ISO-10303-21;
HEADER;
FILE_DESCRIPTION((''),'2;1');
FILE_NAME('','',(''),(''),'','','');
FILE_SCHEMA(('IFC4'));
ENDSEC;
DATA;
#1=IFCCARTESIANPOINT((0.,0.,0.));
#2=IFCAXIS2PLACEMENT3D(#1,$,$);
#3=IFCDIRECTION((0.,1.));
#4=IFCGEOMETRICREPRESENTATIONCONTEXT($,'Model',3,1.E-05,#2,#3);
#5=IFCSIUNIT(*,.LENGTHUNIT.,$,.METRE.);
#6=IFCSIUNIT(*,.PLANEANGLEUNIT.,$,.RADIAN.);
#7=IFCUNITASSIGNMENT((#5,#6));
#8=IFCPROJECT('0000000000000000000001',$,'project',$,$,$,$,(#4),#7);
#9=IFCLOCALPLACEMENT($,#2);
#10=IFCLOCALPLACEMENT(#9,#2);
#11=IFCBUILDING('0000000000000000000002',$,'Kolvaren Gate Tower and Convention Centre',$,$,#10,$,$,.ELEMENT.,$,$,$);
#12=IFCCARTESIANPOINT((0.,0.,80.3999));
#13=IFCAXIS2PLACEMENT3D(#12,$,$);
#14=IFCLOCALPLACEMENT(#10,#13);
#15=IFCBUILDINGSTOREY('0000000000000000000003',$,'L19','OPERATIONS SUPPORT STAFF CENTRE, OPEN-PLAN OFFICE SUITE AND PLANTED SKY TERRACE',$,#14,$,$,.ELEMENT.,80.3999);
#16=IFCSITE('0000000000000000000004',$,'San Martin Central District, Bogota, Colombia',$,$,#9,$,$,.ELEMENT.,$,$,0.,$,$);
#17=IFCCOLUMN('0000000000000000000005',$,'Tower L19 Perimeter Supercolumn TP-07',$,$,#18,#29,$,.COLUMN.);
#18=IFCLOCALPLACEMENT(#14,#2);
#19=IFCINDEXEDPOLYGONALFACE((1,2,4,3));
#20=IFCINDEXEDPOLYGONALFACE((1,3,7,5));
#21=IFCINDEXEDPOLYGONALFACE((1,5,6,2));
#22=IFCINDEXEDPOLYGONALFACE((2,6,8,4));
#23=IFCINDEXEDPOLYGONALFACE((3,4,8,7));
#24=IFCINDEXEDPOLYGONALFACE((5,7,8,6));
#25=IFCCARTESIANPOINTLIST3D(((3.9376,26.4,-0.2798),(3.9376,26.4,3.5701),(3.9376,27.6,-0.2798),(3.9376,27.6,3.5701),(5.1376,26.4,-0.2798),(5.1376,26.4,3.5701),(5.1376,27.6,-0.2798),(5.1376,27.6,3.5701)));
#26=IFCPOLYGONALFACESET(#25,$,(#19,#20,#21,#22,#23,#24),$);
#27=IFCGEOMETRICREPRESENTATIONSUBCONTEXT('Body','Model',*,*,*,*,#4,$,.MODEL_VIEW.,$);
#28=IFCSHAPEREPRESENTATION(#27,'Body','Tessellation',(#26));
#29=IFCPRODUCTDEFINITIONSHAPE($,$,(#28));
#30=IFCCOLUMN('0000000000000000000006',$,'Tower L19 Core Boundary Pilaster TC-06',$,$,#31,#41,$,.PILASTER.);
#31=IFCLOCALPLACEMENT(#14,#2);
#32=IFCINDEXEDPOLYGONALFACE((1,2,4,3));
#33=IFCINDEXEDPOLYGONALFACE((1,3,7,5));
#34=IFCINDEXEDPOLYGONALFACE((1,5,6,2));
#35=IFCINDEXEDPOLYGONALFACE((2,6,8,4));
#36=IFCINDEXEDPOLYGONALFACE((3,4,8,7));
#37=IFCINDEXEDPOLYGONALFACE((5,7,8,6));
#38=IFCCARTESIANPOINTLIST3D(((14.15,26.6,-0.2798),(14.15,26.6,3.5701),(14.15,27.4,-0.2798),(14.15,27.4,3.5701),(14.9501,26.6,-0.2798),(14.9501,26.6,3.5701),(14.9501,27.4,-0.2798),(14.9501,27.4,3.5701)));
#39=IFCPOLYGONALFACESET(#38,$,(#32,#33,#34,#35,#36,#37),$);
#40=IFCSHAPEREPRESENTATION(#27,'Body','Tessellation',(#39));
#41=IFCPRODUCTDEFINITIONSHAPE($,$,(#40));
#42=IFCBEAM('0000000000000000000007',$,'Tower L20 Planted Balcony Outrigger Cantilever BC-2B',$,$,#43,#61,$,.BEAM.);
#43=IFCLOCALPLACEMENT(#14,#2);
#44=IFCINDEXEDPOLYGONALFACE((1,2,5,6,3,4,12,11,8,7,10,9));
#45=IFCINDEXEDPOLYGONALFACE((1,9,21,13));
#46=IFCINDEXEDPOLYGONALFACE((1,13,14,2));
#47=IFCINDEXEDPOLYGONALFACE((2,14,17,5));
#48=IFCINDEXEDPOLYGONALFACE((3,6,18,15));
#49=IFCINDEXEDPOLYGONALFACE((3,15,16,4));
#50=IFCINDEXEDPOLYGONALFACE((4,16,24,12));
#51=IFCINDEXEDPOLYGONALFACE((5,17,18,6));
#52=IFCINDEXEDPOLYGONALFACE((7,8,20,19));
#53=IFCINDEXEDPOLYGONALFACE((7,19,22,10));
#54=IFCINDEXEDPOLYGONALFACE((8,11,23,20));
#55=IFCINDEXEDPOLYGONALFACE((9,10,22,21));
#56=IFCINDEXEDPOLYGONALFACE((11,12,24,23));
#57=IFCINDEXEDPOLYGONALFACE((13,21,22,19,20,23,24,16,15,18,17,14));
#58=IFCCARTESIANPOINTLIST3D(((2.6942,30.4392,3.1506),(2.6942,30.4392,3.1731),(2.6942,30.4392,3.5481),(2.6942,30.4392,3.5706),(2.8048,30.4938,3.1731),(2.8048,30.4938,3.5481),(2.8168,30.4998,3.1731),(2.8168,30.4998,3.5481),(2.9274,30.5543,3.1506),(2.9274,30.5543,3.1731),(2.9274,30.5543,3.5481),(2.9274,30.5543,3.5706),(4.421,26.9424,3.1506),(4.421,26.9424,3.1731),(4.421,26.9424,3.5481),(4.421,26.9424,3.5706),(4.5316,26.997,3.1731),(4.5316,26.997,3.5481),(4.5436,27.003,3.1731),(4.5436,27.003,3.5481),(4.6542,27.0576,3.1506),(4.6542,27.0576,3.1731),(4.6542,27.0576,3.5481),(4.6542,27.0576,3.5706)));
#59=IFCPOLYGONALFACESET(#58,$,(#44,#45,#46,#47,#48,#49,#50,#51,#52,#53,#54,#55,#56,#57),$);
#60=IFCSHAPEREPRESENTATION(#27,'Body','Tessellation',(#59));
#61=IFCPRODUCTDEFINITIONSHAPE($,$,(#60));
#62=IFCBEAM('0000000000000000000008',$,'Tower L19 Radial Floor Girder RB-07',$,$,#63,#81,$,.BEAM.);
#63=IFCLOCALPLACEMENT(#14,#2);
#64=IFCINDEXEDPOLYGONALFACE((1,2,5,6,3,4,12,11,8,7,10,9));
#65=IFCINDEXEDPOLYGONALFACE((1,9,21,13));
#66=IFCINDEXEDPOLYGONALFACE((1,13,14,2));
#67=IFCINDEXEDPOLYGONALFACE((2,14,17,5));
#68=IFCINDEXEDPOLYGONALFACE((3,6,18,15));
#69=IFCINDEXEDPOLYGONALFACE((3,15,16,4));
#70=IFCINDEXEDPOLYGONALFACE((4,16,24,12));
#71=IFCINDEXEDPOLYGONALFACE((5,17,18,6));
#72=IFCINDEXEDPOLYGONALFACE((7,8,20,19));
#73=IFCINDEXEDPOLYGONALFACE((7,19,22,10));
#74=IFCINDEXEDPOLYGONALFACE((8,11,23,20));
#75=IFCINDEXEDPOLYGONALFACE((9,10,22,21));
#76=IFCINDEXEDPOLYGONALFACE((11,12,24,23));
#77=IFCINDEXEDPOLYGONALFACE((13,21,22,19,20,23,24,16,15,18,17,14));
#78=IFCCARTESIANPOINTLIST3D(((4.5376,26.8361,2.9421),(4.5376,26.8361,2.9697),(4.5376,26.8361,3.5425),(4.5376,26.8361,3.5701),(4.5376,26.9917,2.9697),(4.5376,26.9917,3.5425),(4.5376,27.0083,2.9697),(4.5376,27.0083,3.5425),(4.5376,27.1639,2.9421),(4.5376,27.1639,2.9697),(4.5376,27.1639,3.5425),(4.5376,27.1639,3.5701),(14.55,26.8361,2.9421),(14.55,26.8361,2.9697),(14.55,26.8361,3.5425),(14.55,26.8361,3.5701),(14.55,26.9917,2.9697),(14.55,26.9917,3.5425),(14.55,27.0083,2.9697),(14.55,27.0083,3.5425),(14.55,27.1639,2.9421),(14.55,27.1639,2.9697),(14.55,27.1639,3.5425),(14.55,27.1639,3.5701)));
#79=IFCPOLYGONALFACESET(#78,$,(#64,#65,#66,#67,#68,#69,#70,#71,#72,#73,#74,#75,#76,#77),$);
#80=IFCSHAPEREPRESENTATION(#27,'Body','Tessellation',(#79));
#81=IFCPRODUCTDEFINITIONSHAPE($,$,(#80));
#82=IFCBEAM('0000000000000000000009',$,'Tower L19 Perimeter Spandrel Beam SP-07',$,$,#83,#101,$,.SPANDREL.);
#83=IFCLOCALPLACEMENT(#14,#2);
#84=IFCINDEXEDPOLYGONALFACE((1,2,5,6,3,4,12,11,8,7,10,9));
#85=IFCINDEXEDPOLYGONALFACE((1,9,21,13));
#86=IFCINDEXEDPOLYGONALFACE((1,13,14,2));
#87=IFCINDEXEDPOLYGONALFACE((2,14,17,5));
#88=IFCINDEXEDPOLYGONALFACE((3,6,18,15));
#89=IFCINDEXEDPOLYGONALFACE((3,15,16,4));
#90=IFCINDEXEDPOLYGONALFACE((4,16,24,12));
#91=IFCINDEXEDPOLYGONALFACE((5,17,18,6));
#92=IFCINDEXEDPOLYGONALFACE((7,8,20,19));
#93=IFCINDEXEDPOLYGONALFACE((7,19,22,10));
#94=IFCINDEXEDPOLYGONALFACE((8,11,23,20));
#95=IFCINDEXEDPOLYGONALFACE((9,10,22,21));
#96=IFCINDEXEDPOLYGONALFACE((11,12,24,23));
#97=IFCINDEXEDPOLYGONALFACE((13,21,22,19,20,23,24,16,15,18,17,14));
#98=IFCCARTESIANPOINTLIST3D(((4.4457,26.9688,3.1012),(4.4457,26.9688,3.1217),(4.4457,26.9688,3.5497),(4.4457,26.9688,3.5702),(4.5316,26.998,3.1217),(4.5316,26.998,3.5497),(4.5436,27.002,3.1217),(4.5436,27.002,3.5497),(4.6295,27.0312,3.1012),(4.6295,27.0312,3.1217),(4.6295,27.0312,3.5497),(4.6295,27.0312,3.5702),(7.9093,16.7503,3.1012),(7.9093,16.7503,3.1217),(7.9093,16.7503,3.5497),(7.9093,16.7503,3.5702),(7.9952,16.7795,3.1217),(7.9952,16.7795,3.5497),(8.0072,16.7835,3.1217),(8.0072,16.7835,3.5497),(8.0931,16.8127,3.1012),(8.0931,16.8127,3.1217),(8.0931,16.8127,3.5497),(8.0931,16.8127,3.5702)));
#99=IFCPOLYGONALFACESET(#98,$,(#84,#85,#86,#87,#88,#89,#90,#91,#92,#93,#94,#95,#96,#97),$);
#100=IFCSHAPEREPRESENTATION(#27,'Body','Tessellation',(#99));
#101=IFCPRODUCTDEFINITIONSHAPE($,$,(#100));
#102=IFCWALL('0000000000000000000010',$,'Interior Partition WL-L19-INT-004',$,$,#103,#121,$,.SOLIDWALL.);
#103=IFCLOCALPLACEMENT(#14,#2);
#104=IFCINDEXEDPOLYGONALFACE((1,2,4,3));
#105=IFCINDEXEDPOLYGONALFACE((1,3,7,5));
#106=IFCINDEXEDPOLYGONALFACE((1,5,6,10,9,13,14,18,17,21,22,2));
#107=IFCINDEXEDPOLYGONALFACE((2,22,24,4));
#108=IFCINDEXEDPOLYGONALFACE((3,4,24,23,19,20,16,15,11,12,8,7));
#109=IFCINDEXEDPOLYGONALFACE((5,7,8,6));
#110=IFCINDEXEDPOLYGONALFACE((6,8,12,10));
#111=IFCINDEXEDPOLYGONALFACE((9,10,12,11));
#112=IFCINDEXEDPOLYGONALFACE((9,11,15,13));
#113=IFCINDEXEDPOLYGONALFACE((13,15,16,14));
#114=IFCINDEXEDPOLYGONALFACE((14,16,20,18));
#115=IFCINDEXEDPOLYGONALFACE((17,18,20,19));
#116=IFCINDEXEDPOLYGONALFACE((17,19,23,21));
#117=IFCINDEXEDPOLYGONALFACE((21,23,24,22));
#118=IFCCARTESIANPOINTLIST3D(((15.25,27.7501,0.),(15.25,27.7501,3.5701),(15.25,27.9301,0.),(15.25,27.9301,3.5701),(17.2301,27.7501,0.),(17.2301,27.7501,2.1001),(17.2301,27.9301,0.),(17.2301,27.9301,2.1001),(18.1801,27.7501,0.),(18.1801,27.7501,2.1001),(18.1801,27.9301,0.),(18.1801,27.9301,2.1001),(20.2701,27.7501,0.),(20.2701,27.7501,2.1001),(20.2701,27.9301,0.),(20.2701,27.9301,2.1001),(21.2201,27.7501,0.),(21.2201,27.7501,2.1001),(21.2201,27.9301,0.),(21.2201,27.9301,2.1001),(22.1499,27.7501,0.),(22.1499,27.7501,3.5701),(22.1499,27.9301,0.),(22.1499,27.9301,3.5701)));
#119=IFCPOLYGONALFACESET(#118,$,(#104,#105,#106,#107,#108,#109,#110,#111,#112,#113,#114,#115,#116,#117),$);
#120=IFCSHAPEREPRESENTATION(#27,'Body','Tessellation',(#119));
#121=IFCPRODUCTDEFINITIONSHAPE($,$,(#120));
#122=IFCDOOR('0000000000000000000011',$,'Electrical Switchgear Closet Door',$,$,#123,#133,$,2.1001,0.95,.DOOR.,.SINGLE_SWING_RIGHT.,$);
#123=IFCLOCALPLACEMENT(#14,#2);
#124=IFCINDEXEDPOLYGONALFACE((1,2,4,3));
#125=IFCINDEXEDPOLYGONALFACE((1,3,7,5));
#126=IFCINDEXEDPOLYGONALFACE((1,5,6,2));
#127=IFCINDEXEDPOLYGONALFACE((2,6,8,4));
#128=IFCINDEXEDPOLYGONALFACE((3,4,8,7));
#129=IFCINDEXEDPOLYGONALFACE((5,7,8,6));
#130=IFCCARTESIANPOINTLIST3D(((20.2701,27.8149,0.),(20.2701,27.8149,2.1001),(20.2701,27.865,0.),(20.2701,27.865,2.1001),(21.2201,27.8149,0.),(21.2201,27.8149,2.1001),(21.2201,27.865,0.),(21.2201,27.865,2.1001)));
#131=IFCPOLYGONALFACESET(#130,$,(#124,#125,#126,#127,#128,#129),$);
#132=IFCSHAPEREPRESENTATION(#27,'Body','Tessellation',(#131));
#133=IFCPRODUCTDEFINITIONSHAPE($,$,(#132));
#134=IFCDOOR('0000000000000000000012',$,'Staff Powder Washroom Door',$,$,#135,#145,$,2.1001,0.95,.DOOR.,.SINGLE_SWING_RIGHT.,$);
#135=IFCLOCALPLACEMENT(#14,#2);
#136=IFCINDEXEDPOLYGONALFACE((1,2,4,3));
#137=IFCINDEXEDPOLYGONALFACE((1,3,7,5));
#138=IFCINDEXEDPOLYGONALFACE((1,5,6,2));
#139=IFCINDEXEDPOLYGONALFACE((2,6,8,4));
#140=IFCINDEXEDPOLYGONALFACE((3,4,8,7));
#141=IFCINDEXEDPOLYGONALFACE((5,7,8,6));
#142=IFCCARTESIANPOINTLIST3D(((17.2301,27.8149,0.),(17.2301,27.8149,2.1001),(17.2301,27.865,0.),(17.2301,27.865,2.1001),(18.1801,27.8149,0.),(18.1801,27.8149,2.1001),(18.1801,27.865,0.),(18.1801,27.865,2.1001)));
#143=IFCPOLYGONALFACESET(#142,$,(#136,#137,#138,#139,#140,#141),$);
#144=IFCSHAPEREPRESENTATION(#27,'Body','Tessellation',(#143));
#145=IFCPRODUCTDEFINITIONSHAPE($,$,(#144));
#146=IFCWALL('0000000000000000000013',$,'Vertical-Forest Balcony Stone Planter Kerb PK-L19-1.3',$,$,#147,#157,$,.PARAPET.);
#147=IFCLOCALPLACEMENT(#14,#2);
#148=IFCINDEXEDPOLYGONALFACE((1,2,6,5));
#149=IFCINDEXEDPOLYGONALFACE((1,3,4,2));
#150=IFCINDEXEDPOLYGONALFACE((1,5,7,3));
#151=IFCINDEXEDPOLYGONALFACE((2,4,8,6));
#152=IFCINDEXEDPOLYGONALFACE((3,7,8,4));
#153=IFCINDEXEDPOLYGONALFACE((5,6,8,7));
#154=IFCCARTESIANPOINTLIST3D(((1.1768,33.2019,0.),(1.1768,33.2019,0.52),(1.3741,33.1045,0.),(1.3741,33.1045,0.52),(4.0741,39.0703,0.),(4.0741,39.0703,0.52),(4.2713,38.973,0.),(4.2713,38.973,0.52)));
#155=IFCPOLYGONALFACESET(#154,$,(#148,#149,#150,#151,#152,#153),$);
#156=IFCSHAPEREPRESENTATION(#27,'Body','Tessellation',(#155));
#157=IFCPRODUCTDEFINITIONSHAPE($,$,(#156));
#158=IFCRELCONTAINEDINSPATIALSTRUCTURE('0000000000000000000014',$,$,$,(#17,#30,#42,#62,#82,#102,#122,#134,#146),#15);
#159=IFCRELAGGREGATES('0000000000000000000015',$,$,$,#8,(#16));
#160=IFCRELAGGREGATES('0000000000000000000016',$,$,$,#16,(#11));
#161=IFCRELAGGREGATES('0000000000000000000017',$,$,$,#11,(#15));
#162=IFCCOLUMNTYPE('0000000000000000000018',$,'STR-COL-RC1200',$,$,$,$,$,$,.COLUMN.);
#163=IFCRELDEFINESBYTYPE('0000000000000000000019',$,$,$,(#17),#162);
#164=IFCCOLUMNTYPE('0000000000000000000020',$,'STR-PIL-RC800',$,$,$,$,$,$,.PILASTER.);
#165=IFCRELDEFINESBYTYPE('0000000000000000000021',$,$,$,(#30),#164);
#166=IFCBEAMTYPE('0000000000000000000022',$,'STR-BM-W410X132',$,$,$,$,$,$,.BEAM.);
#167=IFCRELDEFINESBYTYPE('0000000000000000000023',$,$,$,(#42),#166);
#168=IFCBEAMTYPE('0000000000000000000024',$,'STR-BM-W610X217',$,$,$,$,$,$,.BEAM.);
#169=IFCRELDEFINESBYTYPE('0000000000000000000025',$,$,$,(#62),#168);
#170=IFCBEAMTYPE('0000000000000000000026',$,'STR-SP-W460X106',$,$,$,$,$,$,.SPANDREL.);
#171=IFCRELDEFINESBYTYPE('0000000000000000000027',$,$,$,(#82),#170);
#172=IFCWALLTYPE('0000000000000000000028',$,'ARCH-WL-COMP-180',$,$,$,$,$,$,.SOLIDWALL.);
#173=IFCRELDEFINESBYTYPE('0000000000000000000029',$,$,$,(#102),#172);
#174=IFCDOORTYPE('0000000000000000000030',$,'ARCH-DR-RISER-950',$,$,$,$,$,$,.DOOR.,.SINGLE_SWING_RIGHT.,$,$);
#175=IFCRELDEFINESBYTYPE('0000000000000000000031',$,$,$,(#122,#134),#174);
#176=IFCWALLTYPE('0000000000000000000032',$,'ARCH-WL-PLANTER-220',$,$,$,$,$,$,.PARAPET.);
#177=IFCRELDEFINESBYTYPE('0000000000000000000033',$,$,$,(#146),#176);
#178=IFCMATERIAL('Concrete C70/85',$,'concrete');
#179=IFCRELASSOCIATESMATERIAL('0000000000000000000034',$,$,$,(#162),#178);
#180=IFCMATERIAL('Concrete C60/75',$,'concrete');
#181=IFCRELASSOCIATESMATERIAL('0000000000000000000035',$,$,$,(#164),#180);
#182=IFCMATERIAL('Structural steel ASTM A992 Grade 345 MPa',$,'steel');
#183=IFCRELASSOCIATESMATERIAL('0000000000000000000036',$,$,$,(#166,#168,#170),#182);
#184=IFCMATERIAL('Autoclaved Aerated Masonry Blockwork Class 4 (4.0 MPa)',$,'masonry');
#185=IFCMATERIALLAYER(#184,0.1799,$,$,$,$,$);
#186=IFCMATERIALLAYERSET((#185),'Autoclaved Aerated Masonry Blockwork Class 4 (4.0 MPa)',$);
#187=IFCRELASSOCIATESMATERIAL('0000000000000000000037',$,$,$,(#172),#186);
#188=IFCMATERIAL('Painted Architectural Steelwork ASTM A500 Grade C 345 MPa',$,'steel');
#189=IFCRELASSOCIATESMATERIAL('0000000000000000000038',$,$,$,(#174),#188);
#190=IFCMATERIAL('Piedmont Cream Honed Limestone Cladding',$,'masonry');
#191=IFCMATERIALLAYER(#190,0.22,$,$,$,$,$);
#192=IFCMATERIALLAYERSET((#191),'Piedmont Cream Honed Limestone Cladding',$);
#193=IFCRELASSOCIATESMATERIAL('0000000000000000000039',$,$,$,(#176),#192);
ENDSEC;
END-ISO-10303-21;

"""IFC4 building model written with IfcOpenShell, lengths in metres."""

from ifc_helpers import new_model, si_unit, direction, frame, frame_2d, origin, origin_2d, place, context, subcontext, project, spatial, rectangle, i_section, extrude, material, layer, layer_set, material_profile, profile_set, type_object, element, fill, save


model = new_model("IFC4")

# Units and contexts
model_context = context("Model", 3, precision=1e-05, world=origin(), true_north=direction((0.0, 1.0)))
body_context = subcontext(model_context, "Body", "Model", "MODEL_VIEW")
ifc_project = project(units=[si_unit("LENGTHUNIT", "METRE"), si_unit("PLANEANGLEUNIT", "RADIAN")], contexts=[model_context])

# Site, building, storey
site_placement = place(None, origin())
site = spatial("IfcSite", under=ifc_project, at=site_placement, Name="San Martin Central District, Bogota, Colombia", CompositionType="ELEMENT", RefElevation=0.0)
building_placement = place(site_placement, origin())
building = spatial("IfcBuilding", under=site, at=building_placement, Name="Kolvaren Gate Tower and Convention Centre", CompositionType="ELEMENT")
storey_placement = place(building_placement, frame((0.0, 0.0, 80.3999)))
storey = spatial("IfcBuildingStorey", under=building, at=storey_placement, Name="L19", Description="OPERATIONS SUPPORT STAFF CENTRE, OPEN-PLAN OFFICE SUITE AND PLANTED SKY TERRACE", CompositionType="ELEMENT", Elevation=80.3999)

# Columns
ifc_material_1 = material(Name="Concrete C70/85", Category="concrete")
ifc_material_profile_1 = material_profile(ifc_material_1, rectangle(XDim=1.2, YDim=1.2, at=origin_2d()), Name="RC-COL-1200X1200")
ifc_profile_set_1 = profile_set([ifc_material_profile_1], Name="Concrete C70/85")
column_type_1 = type_object("IfcColumnType", Name="STR-COL-RC1200", PredefinedType="COLUMN", material=ifc_profile_set_1)
column_1_placement = place(storey_placement, frame((4.5376, 27.0, -0.2798), z_axis=(0.0, 0.0, 1.0), x_axis=(1.0, 0.0, 0.0)))
element("IfcColumn", 1, at=column_1_placement, inside=storey, type_object=column_type_1, Name="Tower L19 Perimeter Supercolumn TP-07", PredefinedType="COLUMN", context=body_context, shape_type="SweptSolid", body=[
    extrude(rectangle(XDim=1.2, YDim=1.2, at=origin_2d()), origin(), (0.0, 0.0, 1.0), 3.8499),
])
ifc_material_2 = material(Name="Concrete C60/75", Category="concrete")
ifc_material_profile_2 = material_profile(ifc_material_2, rectangle(XDim=0.8, YDim=0.8, at=origin_2d()), Name="RC-COL-800X800")
ifc_profile_set_2 = profile_set([ifc_material_profile_2], Name="Concrete C60/75")
column_type_2 = type_object("IfcColumnType", Name="STR-PIL-RC800", PredefinedType="PILASTER", material=ifc_profile_set_2)
column_2_placement = place(storey_placement, frame((14.55, 27.0, -0.2798), z_axis=(0.0, 0.0, 1.0), x_axis=(1.0, 0.0, 0.0)))
element("IfcColumn", 2, at=column_2_placement, inside=storey, type_object=column_type_2, Name="Tower L19 Core Boundary Pilaster TC-06", PredefinedType="PILASTER", context=body_context, shape_type="SweptSolid", body=[
    extrude(rectangle(XDim=0.8, YDim=0.8, at=origin_2d()), origin(), (0.0, 0.0, 1.0), 3.8499),
])

# Beams
ifc_material_3 = material(Name="Structural steel ASTM A992 Grade 345 MPa", Category="steel")
ifc_material_profile_3 = material_profile(ifc_material_3, i_section(OverallWidth=0.26, OverallDepth=0.4199, WebThickness=0.0134, FlangeThickness=0.0225, at=origin_2d()), Name="W410X132")
ifc_profile_set_3 = profile_set([ifc_material_profile_3], Name="Structural steel ASTM A992 Grade 345 MPa")
beam_type_1 = type_object("IfcBeamType", Name="STR-BM-W410X132", PredefinedType="BEAM", material=ifc_profile_set_3)
beam_1_placement = place(storey_placement, frame((4.5376, 27.0, 3.3606), z_axis=(-0.442776, 0.896632, 0.0), x_axis=(-0.896632, -0.442776, 0.0)))
element("IfcBeam", 3, at=beam_1_placement, inside=storey, type_object=beam_type_1, Name="Tower L20 Planted Balcony Outrigger Cantilever BC-2B", PredefinedType="BEAM", context=body_context, shape_type="SweptSolid", body=[
    extrude(i_section(OverallWidth=0.26, OverallDepth=0.4199, WebThickness=0.0134, FlangeThickness=0.0225, at=origin_2d()), origin(), (0.0, 0.0, 1.0), 3.8999),
])
ifc_material_profile_4 = material_profile(ifc_material_3, i_section(OverallWidth=0.3279, OverallDepth=0.6279, WebThickness=0.0166, FlangeThickness=0.0276, at=origin_2d()), Name="W610X217")
ifc_profile_set_4 = profile_set([ifc_material_profile_4], Name="Structural steel ASTM A992 Grade 345 MPa")
beam_type_2 = type_object("IfcBeamType", Name="STR-BM-W610X217", PredefinedType="BEAM", material=ifc_profile_set_4)
beam_2_placement = place(storey_placement, frame((14.55, 27.0, 3.2561), z_axis=(-1.0, 0.0, 0.0), x_axis=(0.0, -1.0, 0.0)))
element("IfcBeam", 4, at=beam_2_placement, inside=storey, type_object=beam_type_2, Name="Tower L19 Radial Floor Girder RB-07", PredefinedType="BEAM", context=body_context, shape_type="SweptSolid", body=[
    extrude(i_section(OverallWidth=0.3279, OverallDepth=0.6279, WebThickness=0.0166, FlangeThickness=0.0276, at=origin_2d()), origin(), (0.0, 0.0, 1.0), 10.0125),
])
ifc_material_profile_5 = material_profile(ifc_material_3, i_section(OverallWidth=0.1941, OverallDepth=0.469, WebThickness=0.0127, FlangeThickness=0.0205, at=origin_2d()), Name="W460X106")
ifc_profile_set_5 = profile_set([ifc_material_profile_5], Name="Structural steel ASTM A992 Grade 345 MPa")
beam_type_3 = type_object("IfcBeamType", Name="STR-SP-W460X106", PredefinedType="SPANDREL", material=ifc_profile_set_5)
beam_3_placement = place(storey_placement, frame((4.5376, 27.0, 3.3357), z_axis=(0.321016, -0.947074, 0.0), x_axis=(0.947074, 0.321016, 0.0)))
element("IfcBeam", 5, at=beam_3_placement, inside=storey, type_object=beam_type_3, Name="Tower L19 Perimeter Spandrel Beam SP-07", PredefinedType="SPANDREL", context=body_context, shape_type="SweptSolid", body=[
    extrude(i_section(OverallWidth=0.1941, OverallDepth=0.469, WebThickness=0.0127, FlangeThickness=0.0205, at=origin_2d()), origin(), (0.0, 0.0, 1.0), 10.7896),
])

# Wall, openings, doors
ifc_material_4 = material(Name="Autoclaved Aerated Masonry Blockwork Class 4 (4.0 MPa)", Category="masonry")
ifc_layer_1 = layer(ifc_material_4, 0.1799)
ifc_layer_set_1 = layer_set([ifc_layer_1], Name="Autoclaved Aerated Masonry Blockwork Class 4 (4.0 MPa)")
wall_type_1 = type_object("IfcWallType", Name="ARCH-WL-COMP-180", PredefinedType="SOLIDWALL", material=ifc_layer_set_1)
wall_1_placement = place(storey_placement, frame((15.25, 27.8401, 0.0), z_axis=(0.0, 0.0, 1.0), x_axis=(1.0, 0.0, 0.0)))
wall_1 = element("IfcWall", 6, at=wall_1_placement, inside=storey, type_object=wall_type_1, Name="Interior Partition WL-L19-INT-004", PredefinedType="SOLIDWALL", context=body_context, shape_type="SweptSolid", body=[
    extrude(rectangle(XDim=6.8999, YDim=0.1799, at=frame_2d((3.45, 0.0))), origin(), (0.0, 0.0, 1.0), 3.5701),
])
opening_1_placement = place(wall_1_placement, frame((5.02, 0.0, 0.0)))
opening_1 = element("IfcOpeningElement", 7, at=opening_1_placement, cuts=wall_1, PredefinedType="OPENING", context=body_context, shape_type="SweptSolid", body=[
    extrude(rectangle(XDim=0.95, YDim=2.1001, at=frame_2d((0.4751, 1.05))), frame((0.0, 0.0999, 0.0), z_axis=(0.0, -1.0, 0.0), x_axis=(1.0, 0.0, 0.0)), (0.0, 0.0, 1.0), 0.2),
])
opening_2_placement = place(wall_1_placement, frame((1.98, 0.0, 0.0)))
opening_2 = element("IfcOpeningElement", 8, at=opening_2_placement, cuts=wall_1, PredefinedType="OPENING", context=body_context, shape_type="SweptSolid", body=[
    extrude(rectangle(XDim=0.95, YDim=2.1001, at=frame_2d((0.4751, 1.05))), frame((0.0, 0.0999, 0.0), z_axis=(0.0, -1.0, 0.0), x_axis=(1.0, 0.0, 0.0)), (0.0, 0.0, 1.0), 0.2),
])
ifc_material_5 = material(Name="Painted Architectural Steelwork ASTM A500 Grade C 345 MPa", Category="steel")
door_type = type_object("IfcDoorType", Name="ARCH-DR-RISER-950", OperationType="SINGLE_SWING_RIGHT", PredefinedType="DOOR", material=ifc_material_5)
door_1_placement = place(opening_1_placement, origin())
door_1 = element("IfcDoor", 9, at=door_1_placement, inside=storey, type_object=door_type, Name="Electrical Switchgear Closet Door", OperationType="SINGLE_SWING_RIGHT", OverallHeight=2.1001, OverallWidth=0.95, PredefinedType="DOOR", context=body_context, shape_type="SweptSolid", body=[
    extrude(rectangle(XDim=0.95, YDim=2.1001, at=frame_2d((0.4751, 1.05))), frame((0.0, 0.0249, 0.0), z_axis=(0.0, -1.0, 0.0), x_axis=(1.0, 0.0, 0.0)), (0.0, 0.0, 1.0), 0.05),
])
fill(opening_1, door_1)
door_2_placement = place(opening_2_placement, origin())
door_2 = element("IfcDoor", 10, at=door_2_placement, inside=storey, type_object=door_type, Name="Staff Powder Washroom Door", OperationType="SINGLE_SWING_RIGHT", OverallHeight=2.1001, OverallWidth=0.95, PredefinedType="DOOR", context=body_context, shape_type="SweptSolid", body=[
    extrude(rectangle(XDim=0.95, YDim=2.1001, at=frame_2d((0.4751, 1.05))), frame((0.0, 0.0249, 0.0), z_axis=(0.0, -1.0, 0.0), x_axis=(1.0, 0.0, 0.0)), (0.0, 0.0, 1.0), 0.05),
])
fill(opening_2, door_2)

# Wall
ifc_material_6 = material(Name="Piedmont Cream Honed Limestone Cladding", Category="masonry")
ifc_layer_2 = layer(ifc_material_6, 0.22)
ifc_layer_set_2 = layer_set([ifc_layer_2], Name="Piedmont Cream Honed Limestone Cladding")
wall_type_2 = type_object("IfcWallType", Name="ARCH-WL-PLANTER-220", PredefinedType="PARAPET", material=ifc_layer_set_2)
wall_2_placement = place(storey_placement, frame((1.2754, 33.1531, 0.0), z_axis=(0.0, 0.0, 1.0), x_axis=(0.442687, 0.896676, 0.0)))
element("IfcWall", 11, at=wall_2_placement, inside=storey, type_object=wall_type_2, Name="Vertical-Forest Balcony Stone Planter Kerb PK-L19-1.3", PredefinedType="PARAPET", context=body_context, shape_type="SweptSolid", body=[
    extrude(rectangle(XDim=6.5447, YDim=0.22, at=frame_2d((3.2725, 0.0))), origin(), (0.0, 0.0, 1.0), 0.52),
])

save(model, "model.ifc")
